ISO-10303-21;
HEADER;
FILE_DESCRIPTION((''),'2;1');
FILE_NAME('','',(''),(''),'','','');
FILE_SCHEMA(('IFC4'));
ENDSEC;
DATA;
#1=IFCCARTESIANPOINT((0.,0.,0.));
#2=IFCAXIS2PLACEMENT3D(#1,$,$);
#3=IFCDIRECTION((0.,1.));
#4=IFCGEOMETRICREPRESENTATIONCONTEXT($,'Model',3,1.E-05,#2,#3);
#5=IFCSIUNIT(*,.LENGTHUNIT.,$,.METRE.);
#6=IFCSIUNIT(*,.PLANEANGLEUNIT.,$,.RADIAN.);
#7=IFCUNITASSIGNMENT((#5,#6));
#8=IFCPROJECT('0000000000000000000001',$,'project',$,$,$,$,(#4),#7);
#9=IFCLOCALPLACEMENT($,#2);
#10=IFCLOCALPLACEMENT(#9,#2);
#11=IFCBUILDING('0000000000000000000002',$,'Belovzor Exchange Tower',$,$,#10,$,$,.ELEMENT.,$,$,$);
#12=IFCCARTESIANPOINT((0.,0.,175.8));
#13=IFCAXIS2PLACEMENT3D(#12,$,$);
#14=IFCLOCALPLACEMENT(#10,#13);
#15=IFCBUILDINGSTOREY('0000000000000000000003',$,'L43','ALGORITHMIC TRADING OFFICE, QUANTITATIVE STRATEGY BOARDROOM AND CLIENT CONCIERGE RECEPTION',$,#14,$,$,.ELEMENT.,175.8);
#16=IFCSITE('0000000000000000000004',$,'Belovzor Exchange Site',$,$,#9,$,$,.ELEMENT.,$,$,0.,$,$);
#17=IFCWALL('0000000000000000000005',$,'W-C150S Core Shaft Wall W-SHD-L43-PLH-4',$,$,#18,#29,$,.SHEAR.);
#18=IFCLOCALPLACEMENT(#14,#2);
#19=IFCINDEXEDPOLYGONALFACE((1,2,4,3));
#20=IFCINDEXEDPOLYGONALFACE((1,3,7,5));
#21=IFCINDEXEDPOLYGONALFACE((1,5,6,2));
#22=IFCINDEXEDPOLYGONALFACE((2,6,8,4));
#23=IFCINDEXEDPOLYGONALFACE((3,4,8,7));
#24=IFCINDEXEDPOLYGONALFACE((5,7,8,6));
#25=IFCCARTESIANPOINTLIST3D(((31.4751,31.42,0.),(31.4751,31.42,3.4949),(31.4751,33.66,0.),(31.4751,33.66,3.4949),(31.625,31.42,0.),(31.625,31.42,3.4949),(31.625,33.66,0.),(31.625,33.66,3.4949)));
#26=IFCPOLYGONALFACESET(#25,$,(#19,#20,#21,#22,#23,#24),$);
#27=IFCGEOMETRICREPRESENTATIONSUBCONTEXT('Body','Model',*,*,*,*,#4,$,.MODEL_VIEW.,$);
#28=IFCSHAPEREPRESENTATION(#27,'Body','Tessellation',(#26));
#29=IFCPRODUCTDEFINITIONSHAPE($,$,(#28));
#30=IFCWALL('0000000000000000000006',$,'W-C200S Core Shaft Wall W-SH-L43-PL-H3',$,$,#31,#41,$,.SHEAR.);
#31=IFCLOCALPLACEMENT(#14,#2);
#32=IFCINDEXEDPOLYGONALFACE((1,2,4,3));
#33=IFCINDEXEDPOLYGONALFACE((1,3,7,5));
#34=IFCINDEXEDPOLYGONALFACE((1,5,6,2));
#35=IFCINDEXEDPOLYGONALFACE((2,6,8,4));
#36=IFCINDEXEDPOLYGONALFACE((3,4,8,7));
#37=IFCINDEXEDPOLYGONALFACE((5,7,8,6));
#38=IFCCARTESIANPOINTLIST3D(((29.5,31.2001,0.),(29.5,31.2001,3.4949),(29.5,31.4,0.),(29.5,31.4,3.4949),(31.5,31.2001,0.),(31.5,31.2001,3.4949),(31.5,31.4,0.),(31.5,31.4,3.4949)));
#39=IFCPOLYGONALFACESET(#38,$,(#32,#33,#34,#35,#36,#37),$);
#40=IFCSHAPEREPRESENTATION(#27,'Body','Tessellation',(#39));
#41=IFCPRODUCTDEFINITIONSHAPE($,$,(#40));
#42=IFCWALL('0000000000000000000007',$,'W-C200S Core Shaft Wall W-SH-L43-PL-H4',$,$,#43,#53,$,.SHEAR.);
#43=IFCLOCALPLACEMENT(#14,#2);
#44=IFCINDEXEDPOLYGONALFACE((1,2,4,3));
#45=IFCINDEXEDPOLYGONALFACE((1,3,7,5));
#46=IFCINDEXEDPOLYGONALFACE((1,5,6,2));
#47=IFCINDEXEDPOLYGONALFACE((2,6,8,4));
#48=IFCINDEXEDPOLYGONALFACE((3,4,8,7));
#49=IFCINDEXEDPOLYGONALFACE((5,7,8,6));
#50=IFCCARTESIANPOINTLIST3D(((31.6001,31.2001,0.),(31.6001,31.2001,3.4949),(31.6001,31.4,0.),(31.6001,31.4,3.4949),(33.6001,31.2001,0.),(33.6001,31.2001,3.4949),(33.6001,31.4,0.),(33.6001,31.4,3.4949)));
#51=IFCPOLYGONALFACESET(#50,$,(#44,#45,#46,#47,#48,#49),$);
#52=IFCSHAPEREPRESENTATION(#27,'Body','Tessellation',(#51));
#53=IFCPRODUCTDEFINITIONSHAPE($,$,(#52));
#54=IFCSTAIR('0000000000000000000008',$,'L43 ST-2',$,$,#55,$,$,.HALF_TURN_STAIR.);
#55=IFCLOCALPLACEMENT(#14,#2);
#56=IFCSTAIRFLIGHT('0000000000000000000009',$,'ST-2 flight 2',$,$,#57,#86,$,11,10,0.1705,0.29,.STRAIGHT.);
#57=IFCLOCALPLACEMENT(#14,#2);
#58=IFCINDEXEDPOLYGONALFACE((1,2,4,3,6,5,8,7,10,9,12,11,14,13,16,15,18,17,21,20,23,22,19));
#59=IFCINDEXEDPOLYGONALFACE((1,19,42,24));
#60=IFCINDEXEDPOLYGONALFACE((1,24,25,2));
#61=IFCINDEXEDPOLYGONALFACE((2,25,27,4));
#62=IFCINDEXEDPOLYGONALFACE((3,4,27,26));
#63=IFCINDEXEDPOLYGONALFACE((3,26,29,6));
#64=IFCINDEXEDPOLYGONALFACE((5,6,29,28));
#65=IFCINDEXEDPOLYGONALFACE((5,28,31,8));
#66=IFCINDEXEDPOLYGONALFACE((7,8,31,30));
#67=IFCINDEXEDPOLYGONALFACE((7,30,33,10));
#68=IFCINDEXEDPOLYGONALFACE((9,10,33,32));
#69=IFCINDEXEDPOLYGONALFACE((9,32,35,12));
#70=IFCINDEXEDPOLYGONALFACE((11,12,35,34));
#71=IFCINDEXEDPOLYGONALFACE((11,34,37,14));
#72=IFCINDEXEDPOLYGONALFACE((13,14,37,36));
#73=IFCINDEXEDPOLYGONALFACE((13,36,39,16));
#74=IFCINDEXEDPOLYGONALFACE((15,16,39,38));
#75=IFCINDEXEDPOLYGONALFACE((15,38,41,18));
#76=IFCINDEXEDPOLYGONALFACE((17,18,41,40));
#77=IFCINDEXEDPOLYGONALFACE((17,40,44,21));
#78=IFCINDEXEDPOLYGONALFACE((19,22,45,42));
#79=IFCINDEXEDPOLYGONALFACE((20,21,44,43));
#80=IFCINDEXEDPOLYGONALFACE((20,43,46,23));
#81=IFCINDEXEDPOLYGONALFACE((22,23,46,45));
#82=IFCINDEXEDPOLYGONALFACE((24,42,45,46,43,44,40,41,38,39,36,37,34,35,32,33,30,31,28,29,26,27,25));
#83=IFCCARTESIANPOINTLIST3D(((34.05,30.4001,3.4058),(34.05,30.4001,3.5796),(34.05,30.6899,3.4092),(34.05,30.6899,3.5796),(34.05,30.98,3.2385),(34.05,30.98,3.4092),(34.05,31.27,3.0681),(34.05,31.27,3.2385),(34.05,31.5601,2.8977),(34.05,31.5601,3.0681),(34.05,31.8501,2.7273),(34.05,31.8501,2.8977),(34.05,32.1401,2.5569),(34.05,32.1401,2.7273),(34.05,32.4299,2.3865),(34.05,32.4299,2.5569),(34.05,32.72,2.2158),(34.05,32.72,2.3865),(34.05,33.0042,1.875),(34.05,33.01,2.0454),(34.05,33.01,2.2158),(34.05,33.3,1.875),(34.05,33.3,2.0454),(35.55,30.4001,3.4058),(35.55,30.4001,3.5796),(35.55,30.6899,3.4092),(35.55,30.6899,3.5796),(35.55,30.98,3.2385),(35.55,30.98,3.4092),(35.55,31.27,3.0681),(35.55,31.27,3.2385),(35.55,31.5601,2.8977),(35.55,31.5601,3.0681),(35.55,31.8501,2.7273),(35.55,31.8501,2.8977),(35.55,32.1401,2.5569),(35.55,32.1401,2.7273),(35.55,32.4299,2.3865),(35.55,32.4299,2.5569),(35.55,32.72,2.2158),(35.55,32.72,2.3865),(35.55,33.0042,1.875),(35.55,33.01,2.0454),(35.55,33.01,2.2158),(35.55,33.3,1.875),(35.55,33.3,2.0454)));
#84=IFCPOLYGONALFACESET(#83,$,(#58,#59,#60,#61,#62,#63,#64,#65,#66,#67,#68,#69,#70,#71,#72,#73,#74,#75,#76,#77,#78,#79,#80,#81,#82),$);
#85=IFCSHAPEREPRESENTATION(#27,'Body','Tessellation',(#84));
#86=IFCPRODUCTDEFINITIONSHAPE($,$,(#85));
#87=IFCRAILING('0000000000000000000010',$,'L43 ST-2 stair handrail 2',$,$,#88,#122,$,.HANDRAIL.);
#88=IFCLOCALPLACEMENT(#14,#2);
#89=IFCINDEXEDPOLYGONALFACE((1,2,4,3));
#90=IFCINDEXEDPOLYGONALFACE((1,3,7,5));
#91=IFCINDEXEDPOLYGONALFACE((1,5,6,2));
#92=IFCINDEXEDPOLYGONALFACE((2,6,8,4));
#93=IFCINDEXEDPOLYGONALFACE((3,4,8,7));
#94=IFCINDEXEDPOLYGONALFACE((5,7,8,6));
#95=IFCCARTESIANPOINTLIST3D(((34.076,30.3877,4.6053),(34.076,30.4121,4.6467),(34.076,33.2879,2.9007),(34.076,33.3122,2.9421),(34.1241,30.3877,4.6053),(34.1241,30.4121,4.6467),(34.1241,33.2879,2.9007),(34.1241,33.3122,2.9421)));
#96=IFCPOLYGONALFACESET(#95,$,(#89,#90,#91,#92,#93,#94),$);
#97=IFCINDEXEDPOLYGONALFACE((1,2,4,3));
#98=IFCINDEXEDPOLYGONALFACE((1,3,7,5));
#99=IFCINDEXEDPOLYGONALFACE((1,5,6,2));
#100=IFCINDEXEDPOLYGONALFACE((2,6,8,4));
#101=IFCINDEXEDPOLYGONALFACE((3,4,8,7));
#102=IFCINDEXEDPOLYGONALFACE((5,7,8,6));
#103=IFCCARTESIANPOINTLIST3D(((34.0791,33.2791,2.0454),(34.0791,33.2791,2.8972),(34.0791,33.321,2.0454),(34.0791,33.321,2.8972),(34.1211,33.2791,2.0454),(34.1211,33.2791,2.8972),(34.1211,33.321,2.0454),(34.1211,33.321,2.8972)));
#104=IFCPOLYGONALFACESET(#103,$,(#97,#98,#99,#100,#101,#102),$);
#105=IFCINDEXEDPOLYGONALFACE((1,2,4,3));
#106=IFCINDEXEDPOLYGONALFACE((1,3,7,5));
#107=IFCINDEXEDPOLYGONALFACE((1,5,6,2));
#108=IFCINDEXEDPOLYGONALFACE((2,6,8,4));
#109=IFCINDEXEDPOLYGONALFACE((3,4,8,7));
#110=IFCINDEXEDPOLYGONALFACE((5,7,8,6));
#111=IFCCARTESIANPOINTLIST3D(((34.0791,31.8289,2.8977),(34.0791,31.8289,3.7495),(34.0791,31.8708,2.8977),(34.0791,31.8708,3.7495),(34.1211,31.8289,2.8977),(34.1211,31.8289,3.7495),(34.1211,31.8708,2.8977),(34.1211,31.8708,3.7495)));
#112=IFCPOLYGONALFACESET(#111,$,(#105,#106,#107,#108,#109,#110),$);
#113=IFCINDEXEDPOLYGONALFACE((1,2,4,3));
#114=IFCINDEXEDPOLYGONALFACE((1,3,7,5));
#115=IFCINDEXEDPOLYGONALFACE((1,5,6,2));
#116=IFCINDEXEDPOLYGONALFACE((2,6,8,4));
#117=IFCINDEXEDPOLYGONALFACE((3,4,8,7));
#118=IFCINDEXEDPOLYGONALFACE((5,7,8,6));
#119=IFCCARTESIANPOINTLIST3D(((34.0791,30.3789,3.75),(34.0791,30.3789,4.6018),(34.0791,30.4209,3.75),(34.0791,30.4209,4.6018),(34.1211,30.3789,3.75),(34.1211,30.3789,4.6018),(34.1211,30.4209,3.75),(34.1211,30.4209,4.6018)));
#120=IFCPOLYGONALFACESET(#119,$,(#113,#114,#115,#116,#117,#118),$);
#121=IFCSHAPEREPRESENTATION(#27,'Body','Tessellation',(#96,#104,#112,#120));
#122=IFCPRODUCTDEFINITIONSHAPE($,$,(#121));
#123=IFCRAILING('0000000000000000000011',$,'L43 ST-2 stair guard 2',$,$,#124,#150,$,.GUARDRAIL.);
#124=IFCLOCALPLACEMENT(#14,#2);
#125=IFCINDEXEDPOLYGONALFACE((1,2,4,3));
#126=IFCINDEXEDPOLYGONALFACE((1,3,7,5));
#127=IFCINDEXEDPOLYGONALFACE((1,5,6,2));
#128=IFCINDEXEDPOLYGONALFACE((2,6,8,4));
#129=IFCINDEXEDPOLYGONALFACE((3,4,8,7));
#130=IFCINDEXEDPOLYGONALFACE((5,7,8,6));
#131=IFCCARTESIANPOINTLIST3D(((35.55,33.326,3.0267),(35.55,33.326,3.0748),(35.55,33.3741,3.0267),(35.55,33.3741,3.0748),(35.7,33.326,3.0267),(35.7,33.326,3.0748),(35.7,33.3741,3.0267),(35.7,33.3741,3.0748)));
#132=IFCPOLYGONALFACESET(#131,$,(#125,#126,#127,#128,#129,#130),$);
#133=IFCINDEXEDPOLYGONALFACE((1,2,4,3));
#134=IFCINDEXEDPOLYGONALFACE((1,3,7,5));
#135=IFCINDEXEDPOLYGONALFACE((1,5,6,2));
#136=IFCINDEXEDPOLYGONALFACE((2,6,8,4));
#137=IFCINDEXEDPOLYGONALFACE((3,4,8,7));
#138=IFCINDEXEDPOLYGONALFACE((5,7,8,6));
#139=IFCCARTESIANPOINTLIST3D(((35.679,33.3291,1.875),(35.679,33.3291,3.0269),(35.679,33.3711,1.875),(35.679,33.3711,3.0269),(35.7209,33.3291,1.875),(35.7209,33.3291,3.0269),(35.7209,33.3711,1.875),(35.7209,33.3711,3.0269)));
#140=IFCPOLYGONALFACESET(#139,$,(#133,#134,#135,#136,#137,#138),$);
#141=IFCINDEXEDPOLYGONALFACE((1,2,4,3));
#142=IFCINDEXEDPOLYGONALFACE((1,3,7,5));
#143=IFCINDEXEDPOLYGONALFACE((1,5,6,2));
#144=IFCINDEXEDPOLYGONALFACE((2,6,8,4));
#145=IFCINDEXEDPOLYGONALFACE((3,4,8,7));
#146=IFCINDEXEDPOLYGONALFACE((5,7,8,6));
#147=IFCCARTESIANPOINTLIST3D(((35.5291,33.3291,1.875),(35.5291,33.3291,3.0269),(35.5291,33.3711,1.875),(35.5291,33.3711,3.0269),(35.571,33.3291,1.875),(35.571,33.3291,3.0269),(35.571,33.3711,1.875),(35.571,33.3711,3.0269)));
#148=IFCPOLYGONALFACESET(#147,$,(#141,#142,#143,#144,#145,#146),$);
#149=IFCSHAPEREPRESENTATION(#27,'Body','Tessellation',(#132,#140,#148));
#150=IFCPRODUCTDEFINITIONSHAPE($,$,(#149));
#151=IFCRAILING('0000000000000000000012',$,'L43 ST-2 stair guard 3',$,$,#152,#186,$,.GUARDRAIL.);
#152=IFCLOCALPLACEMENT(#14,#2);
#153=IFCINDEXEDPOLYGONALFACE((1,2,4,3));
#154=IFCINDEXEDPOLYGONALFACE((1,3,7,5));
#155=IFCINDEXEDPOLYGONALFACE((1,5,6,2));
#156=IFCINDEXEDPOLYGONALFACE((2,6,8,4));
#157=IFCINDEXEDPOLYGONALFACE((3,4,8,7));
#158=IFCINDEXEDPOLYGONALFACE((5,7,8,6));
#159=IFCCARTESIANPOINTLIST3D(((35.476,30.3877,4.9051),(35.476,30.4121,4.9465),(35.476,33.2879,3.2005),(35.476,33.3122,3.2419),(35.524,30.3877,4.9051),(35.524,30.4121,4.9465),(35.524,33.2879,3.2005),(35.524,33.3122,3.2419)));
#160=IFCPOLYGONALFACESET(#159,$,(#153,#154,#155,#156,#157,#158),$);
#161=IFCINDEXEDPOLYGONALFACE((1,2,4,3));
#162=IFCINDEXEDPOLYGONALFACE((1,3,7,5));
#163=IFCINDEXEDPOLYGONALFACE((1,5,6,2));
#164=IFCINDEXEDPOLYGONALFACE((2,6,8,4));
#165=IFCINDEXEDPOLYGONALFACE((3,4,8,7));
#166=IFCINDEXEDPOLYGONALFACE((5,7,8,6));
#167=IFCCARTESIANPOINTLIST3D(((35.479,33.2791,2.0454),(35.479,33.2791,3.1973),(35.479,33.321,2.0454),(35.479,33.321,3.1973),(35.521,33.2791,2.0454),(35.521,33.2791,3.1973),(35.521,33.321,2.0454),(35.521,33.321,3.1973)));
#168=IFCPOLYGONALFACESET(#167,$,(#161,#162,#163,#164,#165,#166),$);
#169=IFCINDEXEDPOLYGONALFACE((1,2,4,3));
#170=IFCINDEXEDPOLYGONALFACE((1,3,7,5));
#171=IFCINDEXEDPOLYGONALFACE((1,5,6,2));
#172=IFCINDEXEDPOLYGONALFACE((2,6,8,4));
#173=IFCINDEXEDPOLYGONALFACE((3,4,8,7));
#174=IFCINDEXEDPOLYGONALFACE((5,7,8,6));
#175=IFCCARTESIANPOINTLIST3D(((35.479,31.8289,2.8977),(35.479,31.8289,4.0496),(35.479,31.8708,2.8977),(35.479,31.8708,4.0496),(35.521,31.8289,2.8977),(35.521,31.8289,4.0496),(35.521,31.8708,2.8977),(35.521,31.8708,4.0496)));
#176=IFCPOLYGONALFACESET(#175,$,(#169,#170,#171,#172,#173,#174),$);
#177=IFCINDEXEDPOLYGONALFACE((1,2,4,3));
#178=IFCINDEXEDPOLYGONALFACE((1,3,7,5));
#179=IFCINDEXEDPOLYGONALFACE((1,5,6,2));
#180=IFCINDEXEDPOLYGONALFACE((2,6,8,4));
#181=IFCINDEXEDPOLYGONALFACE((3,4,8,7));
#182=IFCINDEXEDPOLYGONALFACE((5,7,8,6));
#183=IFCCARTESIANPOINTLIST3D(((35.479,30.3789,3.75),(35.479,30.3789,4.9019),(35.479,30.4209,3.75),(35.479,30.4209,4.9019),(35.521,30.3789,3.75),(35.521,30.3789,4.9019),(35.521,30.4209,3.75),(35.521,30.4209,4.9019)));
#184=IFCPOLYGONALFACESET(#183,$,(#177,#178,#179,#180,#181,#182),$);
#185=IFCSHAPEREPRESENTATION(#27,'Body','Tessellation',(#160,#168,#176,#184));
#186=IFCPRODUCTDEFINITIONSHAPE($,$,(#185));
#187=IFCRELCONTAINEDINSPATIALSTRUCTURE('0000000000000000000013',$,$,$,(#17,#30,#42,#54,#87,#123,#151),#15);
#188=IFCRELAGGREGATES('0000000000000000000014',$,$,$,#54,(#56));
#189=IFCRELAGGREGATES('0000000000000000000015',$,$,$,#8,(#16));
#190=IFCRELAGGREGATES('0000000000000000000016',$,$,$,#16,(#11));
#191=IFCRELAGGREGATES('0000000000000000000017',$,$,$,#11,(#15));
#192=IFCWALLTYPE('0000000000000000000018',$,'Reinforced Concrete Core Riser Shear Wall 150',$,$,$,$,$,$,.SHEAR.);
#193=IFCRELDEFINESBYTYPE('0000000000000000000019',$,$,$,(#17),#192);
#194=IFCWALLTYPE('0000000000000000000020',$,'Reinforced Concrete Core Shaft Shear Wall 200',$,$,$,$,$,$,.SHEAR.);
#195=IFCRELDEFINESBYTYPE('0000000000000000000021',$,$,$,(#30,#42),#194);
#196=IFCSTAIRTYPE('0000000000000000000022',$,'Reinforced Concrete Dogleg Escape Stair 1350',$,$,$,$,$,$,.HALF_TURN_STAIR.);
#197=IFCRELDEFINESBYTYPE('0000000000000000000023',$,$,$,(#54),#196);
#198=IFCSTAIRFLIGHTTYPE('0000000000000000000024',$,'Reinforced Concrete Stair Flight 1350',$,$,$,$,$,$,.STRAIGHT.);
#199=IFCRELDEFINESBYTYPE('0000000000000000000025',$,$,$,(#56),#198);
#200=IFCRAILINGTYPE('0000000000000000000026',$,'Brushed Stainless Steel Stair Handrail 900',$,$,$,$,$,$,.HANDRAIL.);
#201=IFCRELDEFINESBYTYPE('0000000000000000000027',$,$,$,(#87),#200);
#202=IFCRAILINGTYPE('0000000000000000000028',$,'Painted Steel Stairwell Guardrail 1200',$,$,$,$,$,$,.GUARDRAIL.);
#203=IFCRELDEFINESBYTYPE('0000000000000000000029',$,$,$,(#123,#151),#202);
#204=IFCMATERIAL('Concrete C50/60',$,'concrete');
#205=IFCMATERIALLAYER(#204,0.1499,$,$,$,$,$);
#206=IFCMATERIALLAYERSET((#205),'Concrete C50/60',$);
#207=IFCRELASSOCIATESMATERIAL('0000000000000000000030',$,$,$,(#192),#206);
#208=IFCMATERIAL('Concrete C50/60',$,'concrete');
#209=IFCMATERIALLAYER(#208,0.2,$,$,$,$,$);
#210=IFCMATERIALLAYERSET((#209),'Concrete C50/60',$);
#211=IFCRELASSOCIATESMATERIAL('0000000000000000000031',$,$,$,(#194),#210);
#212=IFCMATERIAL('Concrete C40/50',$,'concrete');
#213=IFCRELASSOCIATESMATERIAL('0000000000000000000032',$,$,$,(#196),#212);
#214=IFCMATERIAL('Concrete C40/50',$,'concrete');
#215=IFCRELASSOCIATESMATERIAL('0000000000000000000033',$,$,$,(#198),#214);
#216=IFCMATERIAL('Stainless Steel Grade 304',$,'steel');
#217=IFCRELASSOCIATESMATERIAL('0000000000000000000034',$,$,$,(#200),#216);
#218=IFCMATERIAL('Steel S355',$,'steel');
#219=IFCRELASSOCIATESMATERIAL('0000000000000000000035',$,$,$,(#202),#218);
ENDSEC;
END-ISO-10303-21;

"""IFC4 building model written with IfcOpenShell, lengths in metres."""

from ifc_helpers import new_model, si_unit, direction, frame, frame_2d, origin, origin_2d, place, context, subcontext, project, spatial, polyline, rectangle, outline, extrude, material, layer, layer_set, type_object, element, aggregate, save


model = new_model("IFC4")

# Units and contexts
model_context = context("Model", 3, precision=1e-05, world=origin(), true_north=direction((0.0, 1.0)))
body_context = subcontext(model_context, "Body", "Model", "MODEL_VIEW")
ifc_project = project(units=[si_unit("LENGTHUNIT", "METRE"), si_unit("PLANEANGLEUNIT", "RADIAN")], contexts=[model_context])

# Site, building, storey
site_placement = place(None, origin())
site = spatial("IfcSite", under=ifc_project, at=site_placement, Name="Belovzor Exchange Site", CompositionType="ELEMENT", RefElevation=0.0)
building_placement = place(site_placement, origin())
building = spatial("IfcBuilding", under=site, at=building_placement, Name="Belovzor Exchange Tower", CompositionType="ELEMENT")
storey_placement = place(building_placement, frame((0.0, 0.0, 175.8)))
storey = spatial("IfcBuildingStorey", under=building, at=storey_placement, Name="L43", Description="ALGORITHMIC TRADING OFFICE, QUANTITATIVE STRATEGY BOARDROOM AND CLIENT CONCIERGE RECEPTION", CompositionType="ELEMENT", Elevation=175.8)

# Walls
ifc_material_1 = material(Name="Concrete C50/60", Category="concrete")
ifc_layer_1 = layer(ifc_material_1, 0.1499)
ifc_layer_set_1 = layer_set([ifc_layer_1], Name="Concrete C50/60")
wall_type_1 = type_object("IfcWallType", Name="Reinforced Concrete Core Riser Shear Wall 150", PredefinedType="SHEAR", material=ifc_layer_set_1)
for number, where, z_axis, x_axis, name in (
    (1, (31.55, 31.4199, 0.0), (0.0, 0.0, 1.0), (0.0, 1.0, 0.0), "W-C150S Core Shaft Wall W-SHD-L43-PLH-4"),
):
    element("IfcWall", number, at=place(storey_placement, frame(where, z_axis=z_axis, x_axis=x_axis)), inside=storey, type_object=wall_type_1, Name=name, PredefinedType="SHEAR", context=body_context, shape_type="SweptSolid", body=[
        extrude(rectangle(XDim=2.24, YDim=0.1499, at=frame_2d((1.1201, 0.0))), origin(), (0.0, 0.0, 1.0), 3.4949),
    ])
ifc_material_2 = material(Name="Concrete C50/60", Category="concrete")
ifc_layer_2 = layer(ifc_material_2, 0.2)
ifc_layer_set_2 = layer_set([ifc_layer_2], Name="Concrete C50/60")
wall_type_2 = type_object("IfcWallType", Name="Reinforced Concrete Core Shaft Shear Wall 200", PredefinedType="SHEAR", material=ifc_layer_set_2)
for number, where, z_axis, x_axis, name in (
    (2, (29.5, 31.3, 0.0), (0.0, 0.0, 1.0), (1.0, 0.0, 0.0), "W-C200S Core Shaft Wall W-SH-L43-PL-H3"),
    (3, (31.6001, 31.3, 0.0), (0.0, 0.0, 1.0), (1.0, 0.0, 0.0), "W-C200S Core Shaft Wall W-SH-L43-PL-H4"),
):
    element("IfcWall", number, at=place(storey_placement, frame(where, z_axis=z_axis, x_axis=x_axis)), inside=storey, type_object=wall_type_2, Name=name, PredefinedType="SHEAR", context=body_context, shape_type="SweptSolid", body=[
        extrude(rectangle(XDim=2.0, YDim=0.2, at=frame_2d((1.0, 0.0))), origin(), (0.0, 0.0, 1.0), 3.4949),
    ])

# Stair, stair flight
ifc_material_3 = material(Name="Concrete C40/50", Category="concrete")
stair_type = type_object("IfcStairType", Name="Reinforced Concrete Dogleg Escape Stair 1350", PredefinedType="HALF_TURN_STAIR", material=ifc_material_3)
stair_placement = place(storey_placement, origin())
stair = element("IfcStair", 4, at=stair_placement, inside=storey, type_object=stair_type, Name="L43 ST-2", PredefinedType="HALF_TURN_STAIR")
ifc_material_4 = material(Name="Concrete C40/50", Category="concrete")
stair_flight_type = type_object("IfcStairFlightType", Name="Reinforced Concrete Stair Flight 1350", PredefinedType="STRAIGHT", material=ifc_material_4)
stair_flight_placement = place(storey_placement, frame((34.8, 33.3, 1.875), z_axis=(0.0, 0.0, 1.0), x_axis=(0.0, -1.0, 0.0)))
stair_flight = element("IfcStairFlight", 5, at=stair_flight_placement, type_object=stair_flight_type, Name="ST-2 flight 2", NumberOfRisers=11, NumberOfTreads=10, PredefinedType="STRAIGHT", RiserHeight=0.1705, TreadLength=0.29, context=body_context, shape_type="SweptSolid", body=[
    extrude(outline(polyline([(0.0, 0.0), (0.0, 0.1704), (0.29, 0.1704), (0.29, 0.3408), (0.5801, 0.3408), (0.5801, 0.5115), (0.8701, 0.5115), (0.8701, 0.6819), (1.1599, 0.6819), (1.1599, 0.8523), (1.45, 0.8523), (1.45, 1.0227), (1.74, 1.0227), (1.74, 1.1931), (2.03, 1.1931), (2.03, 1.3635), (2.3201, 1.3635), (2.3201, 1.5342), (2.6101, 1.5342), (2.6101, 1.7046), (2.8999, 1.7046), (2.8999, 1.875), (2.8999, 1.5308), (0.2959, 0.0), (0.0, 0.0)])), frame((0.0, 0.75, 0.0), z_axis=(0.0, -1.0, 0.0), x_axis=(1.0, 0.0, 0.0)), (0.0, 0.0, 1.0), 1.5),
])
aggregate(stair, [stair_flight])

# Railings
ifc_material_5 = material(Name="Stainless Steel Grade 304", Category="steel")
railing_type_1 = type_object("IfcRailingType", Name="Brushed Stainless Steel Stair Handrail 900", PredefinedType="HANDRAIL", material=ifc_material_5)
railing_1_placement = place(storey_placement, frame((34.1001, 33.3, 2.0454)))
element("IfcRailing", 6, at=railing_1_placement, inside=storey, type_object=railing_type_1, Name="L43 ST-2 stair handrail 2", PredefinedType="HANDRAIL", context=body_context, shape_type="SweptSolid", body=[
    extrude(rectangle(XDim=0.0481, YDim=0.0481, at=origin_2d()), frame((0.0, 0.0, 0.876), z_axis=(0.0, -0.862113, 0.506716), x_axis=(1.0, 0.0, 0.0)), (0.0, 0.0, 1.0), 3.364),
    extrude(rectangle(XDim=0.042, YDim=0.042, at=origin_2d()), origin(), (0.0, 0.0, 1.0), 0.8518),
    extrude(rectangle(XDim=0.042, YDim=0.042, at=origin_2d()), frame((0.0, -1.4502, 0.8523)), (0.0, 0.0, 1.0), 0.8518),
    extrude(rectangle(XDim=0.042, YDim=0.042, at=origin_2d()), frame((0.0, -2.9001, 1.7046)), (0.0, 0.0, 1.0), 0.8518),
])
ifc_material_6 = material(Name="Steel S355", Category="steel")
railing_type_2 = type_object("IfcRailingType", Name="Painted Steel Stairwell Guardrail 1200", PredefinedType="GUARDRAIL", material=ifc_material_6)
railing_2_placement = place(storey_placement, frame((35.7, 33.3501, 1.875)))
element("IfcRailing", 7, at=railing_2_placement, inside=storey, type_object=railing_type_2, Name="L43 ST-2 stair guard 2", PredefinedType="GUARDRAIL", context=body_context, shape_type="SweptSolid", body=[
    extrude(rectangle(XDim=0.0481, YDim=0.0481, at=origin_2d()), frame((0.0, 0.0, 1.1758), z_axis=(-1.0, 0.0, 0.0), x_axis=(0.0, -1.0, 0.0)), (0.0, 0.0, 1.0), 0.1499),
    extrude(rectangle(XDim=0.042, YDim=0.042, at=origin_2d()), origin(), (0.0, 0.0, 1.0), 1.1519),
    extrude(rectangle(XDim=0.042, YDim=0.042, at=origin_2d()), frame((-0.1499, 0.0, 0.0)), (0.0, 0.0, 1.0), 1.1519),
])
railing_3_placement = place(storey_placement, frame((35.5, 33.3, 2.0454)))
element("IfcRailing", 8, at=railing_3_placement, inside=storey, type_object=railing_type_2, Name="L43 ST-2 stair guard 3", PredefinedType="GUARDRAIL", context=body_context, shape_type="SweptSolid", body=[
    extrude(rectangle(XDim=0.0481, YDim=0.0481, at=origin_2d()), frame((0.0, 0.0, 1.1758), z_axis=(0.0, -0.862113, 0.506716), x_axis=(1.0, 0.0, 0.0)), (0.0, 0.0, 1.0), 3.364),
    extrude(rectangle(XDim=0.042, YDim=0.042, at=origin_2d()), origin(), (0.0, 0.0, 1.0), 1.1519),
    extrude(rectangle(XDim=0.042, YDim=0.042, at=origin_2d()), frame((0.0, -1.4502, 0.8523)), (0.0, 0.0, 1.0), 1.1519),
    extrude(rectangle(XDim=0.042, YDim=0.042, at=origin_2d()), frame((0.0, -2.9001, 1.7046)), (0.0, 0.0, 1.0), 1.1519),
])

save(model, "model.ifc")
